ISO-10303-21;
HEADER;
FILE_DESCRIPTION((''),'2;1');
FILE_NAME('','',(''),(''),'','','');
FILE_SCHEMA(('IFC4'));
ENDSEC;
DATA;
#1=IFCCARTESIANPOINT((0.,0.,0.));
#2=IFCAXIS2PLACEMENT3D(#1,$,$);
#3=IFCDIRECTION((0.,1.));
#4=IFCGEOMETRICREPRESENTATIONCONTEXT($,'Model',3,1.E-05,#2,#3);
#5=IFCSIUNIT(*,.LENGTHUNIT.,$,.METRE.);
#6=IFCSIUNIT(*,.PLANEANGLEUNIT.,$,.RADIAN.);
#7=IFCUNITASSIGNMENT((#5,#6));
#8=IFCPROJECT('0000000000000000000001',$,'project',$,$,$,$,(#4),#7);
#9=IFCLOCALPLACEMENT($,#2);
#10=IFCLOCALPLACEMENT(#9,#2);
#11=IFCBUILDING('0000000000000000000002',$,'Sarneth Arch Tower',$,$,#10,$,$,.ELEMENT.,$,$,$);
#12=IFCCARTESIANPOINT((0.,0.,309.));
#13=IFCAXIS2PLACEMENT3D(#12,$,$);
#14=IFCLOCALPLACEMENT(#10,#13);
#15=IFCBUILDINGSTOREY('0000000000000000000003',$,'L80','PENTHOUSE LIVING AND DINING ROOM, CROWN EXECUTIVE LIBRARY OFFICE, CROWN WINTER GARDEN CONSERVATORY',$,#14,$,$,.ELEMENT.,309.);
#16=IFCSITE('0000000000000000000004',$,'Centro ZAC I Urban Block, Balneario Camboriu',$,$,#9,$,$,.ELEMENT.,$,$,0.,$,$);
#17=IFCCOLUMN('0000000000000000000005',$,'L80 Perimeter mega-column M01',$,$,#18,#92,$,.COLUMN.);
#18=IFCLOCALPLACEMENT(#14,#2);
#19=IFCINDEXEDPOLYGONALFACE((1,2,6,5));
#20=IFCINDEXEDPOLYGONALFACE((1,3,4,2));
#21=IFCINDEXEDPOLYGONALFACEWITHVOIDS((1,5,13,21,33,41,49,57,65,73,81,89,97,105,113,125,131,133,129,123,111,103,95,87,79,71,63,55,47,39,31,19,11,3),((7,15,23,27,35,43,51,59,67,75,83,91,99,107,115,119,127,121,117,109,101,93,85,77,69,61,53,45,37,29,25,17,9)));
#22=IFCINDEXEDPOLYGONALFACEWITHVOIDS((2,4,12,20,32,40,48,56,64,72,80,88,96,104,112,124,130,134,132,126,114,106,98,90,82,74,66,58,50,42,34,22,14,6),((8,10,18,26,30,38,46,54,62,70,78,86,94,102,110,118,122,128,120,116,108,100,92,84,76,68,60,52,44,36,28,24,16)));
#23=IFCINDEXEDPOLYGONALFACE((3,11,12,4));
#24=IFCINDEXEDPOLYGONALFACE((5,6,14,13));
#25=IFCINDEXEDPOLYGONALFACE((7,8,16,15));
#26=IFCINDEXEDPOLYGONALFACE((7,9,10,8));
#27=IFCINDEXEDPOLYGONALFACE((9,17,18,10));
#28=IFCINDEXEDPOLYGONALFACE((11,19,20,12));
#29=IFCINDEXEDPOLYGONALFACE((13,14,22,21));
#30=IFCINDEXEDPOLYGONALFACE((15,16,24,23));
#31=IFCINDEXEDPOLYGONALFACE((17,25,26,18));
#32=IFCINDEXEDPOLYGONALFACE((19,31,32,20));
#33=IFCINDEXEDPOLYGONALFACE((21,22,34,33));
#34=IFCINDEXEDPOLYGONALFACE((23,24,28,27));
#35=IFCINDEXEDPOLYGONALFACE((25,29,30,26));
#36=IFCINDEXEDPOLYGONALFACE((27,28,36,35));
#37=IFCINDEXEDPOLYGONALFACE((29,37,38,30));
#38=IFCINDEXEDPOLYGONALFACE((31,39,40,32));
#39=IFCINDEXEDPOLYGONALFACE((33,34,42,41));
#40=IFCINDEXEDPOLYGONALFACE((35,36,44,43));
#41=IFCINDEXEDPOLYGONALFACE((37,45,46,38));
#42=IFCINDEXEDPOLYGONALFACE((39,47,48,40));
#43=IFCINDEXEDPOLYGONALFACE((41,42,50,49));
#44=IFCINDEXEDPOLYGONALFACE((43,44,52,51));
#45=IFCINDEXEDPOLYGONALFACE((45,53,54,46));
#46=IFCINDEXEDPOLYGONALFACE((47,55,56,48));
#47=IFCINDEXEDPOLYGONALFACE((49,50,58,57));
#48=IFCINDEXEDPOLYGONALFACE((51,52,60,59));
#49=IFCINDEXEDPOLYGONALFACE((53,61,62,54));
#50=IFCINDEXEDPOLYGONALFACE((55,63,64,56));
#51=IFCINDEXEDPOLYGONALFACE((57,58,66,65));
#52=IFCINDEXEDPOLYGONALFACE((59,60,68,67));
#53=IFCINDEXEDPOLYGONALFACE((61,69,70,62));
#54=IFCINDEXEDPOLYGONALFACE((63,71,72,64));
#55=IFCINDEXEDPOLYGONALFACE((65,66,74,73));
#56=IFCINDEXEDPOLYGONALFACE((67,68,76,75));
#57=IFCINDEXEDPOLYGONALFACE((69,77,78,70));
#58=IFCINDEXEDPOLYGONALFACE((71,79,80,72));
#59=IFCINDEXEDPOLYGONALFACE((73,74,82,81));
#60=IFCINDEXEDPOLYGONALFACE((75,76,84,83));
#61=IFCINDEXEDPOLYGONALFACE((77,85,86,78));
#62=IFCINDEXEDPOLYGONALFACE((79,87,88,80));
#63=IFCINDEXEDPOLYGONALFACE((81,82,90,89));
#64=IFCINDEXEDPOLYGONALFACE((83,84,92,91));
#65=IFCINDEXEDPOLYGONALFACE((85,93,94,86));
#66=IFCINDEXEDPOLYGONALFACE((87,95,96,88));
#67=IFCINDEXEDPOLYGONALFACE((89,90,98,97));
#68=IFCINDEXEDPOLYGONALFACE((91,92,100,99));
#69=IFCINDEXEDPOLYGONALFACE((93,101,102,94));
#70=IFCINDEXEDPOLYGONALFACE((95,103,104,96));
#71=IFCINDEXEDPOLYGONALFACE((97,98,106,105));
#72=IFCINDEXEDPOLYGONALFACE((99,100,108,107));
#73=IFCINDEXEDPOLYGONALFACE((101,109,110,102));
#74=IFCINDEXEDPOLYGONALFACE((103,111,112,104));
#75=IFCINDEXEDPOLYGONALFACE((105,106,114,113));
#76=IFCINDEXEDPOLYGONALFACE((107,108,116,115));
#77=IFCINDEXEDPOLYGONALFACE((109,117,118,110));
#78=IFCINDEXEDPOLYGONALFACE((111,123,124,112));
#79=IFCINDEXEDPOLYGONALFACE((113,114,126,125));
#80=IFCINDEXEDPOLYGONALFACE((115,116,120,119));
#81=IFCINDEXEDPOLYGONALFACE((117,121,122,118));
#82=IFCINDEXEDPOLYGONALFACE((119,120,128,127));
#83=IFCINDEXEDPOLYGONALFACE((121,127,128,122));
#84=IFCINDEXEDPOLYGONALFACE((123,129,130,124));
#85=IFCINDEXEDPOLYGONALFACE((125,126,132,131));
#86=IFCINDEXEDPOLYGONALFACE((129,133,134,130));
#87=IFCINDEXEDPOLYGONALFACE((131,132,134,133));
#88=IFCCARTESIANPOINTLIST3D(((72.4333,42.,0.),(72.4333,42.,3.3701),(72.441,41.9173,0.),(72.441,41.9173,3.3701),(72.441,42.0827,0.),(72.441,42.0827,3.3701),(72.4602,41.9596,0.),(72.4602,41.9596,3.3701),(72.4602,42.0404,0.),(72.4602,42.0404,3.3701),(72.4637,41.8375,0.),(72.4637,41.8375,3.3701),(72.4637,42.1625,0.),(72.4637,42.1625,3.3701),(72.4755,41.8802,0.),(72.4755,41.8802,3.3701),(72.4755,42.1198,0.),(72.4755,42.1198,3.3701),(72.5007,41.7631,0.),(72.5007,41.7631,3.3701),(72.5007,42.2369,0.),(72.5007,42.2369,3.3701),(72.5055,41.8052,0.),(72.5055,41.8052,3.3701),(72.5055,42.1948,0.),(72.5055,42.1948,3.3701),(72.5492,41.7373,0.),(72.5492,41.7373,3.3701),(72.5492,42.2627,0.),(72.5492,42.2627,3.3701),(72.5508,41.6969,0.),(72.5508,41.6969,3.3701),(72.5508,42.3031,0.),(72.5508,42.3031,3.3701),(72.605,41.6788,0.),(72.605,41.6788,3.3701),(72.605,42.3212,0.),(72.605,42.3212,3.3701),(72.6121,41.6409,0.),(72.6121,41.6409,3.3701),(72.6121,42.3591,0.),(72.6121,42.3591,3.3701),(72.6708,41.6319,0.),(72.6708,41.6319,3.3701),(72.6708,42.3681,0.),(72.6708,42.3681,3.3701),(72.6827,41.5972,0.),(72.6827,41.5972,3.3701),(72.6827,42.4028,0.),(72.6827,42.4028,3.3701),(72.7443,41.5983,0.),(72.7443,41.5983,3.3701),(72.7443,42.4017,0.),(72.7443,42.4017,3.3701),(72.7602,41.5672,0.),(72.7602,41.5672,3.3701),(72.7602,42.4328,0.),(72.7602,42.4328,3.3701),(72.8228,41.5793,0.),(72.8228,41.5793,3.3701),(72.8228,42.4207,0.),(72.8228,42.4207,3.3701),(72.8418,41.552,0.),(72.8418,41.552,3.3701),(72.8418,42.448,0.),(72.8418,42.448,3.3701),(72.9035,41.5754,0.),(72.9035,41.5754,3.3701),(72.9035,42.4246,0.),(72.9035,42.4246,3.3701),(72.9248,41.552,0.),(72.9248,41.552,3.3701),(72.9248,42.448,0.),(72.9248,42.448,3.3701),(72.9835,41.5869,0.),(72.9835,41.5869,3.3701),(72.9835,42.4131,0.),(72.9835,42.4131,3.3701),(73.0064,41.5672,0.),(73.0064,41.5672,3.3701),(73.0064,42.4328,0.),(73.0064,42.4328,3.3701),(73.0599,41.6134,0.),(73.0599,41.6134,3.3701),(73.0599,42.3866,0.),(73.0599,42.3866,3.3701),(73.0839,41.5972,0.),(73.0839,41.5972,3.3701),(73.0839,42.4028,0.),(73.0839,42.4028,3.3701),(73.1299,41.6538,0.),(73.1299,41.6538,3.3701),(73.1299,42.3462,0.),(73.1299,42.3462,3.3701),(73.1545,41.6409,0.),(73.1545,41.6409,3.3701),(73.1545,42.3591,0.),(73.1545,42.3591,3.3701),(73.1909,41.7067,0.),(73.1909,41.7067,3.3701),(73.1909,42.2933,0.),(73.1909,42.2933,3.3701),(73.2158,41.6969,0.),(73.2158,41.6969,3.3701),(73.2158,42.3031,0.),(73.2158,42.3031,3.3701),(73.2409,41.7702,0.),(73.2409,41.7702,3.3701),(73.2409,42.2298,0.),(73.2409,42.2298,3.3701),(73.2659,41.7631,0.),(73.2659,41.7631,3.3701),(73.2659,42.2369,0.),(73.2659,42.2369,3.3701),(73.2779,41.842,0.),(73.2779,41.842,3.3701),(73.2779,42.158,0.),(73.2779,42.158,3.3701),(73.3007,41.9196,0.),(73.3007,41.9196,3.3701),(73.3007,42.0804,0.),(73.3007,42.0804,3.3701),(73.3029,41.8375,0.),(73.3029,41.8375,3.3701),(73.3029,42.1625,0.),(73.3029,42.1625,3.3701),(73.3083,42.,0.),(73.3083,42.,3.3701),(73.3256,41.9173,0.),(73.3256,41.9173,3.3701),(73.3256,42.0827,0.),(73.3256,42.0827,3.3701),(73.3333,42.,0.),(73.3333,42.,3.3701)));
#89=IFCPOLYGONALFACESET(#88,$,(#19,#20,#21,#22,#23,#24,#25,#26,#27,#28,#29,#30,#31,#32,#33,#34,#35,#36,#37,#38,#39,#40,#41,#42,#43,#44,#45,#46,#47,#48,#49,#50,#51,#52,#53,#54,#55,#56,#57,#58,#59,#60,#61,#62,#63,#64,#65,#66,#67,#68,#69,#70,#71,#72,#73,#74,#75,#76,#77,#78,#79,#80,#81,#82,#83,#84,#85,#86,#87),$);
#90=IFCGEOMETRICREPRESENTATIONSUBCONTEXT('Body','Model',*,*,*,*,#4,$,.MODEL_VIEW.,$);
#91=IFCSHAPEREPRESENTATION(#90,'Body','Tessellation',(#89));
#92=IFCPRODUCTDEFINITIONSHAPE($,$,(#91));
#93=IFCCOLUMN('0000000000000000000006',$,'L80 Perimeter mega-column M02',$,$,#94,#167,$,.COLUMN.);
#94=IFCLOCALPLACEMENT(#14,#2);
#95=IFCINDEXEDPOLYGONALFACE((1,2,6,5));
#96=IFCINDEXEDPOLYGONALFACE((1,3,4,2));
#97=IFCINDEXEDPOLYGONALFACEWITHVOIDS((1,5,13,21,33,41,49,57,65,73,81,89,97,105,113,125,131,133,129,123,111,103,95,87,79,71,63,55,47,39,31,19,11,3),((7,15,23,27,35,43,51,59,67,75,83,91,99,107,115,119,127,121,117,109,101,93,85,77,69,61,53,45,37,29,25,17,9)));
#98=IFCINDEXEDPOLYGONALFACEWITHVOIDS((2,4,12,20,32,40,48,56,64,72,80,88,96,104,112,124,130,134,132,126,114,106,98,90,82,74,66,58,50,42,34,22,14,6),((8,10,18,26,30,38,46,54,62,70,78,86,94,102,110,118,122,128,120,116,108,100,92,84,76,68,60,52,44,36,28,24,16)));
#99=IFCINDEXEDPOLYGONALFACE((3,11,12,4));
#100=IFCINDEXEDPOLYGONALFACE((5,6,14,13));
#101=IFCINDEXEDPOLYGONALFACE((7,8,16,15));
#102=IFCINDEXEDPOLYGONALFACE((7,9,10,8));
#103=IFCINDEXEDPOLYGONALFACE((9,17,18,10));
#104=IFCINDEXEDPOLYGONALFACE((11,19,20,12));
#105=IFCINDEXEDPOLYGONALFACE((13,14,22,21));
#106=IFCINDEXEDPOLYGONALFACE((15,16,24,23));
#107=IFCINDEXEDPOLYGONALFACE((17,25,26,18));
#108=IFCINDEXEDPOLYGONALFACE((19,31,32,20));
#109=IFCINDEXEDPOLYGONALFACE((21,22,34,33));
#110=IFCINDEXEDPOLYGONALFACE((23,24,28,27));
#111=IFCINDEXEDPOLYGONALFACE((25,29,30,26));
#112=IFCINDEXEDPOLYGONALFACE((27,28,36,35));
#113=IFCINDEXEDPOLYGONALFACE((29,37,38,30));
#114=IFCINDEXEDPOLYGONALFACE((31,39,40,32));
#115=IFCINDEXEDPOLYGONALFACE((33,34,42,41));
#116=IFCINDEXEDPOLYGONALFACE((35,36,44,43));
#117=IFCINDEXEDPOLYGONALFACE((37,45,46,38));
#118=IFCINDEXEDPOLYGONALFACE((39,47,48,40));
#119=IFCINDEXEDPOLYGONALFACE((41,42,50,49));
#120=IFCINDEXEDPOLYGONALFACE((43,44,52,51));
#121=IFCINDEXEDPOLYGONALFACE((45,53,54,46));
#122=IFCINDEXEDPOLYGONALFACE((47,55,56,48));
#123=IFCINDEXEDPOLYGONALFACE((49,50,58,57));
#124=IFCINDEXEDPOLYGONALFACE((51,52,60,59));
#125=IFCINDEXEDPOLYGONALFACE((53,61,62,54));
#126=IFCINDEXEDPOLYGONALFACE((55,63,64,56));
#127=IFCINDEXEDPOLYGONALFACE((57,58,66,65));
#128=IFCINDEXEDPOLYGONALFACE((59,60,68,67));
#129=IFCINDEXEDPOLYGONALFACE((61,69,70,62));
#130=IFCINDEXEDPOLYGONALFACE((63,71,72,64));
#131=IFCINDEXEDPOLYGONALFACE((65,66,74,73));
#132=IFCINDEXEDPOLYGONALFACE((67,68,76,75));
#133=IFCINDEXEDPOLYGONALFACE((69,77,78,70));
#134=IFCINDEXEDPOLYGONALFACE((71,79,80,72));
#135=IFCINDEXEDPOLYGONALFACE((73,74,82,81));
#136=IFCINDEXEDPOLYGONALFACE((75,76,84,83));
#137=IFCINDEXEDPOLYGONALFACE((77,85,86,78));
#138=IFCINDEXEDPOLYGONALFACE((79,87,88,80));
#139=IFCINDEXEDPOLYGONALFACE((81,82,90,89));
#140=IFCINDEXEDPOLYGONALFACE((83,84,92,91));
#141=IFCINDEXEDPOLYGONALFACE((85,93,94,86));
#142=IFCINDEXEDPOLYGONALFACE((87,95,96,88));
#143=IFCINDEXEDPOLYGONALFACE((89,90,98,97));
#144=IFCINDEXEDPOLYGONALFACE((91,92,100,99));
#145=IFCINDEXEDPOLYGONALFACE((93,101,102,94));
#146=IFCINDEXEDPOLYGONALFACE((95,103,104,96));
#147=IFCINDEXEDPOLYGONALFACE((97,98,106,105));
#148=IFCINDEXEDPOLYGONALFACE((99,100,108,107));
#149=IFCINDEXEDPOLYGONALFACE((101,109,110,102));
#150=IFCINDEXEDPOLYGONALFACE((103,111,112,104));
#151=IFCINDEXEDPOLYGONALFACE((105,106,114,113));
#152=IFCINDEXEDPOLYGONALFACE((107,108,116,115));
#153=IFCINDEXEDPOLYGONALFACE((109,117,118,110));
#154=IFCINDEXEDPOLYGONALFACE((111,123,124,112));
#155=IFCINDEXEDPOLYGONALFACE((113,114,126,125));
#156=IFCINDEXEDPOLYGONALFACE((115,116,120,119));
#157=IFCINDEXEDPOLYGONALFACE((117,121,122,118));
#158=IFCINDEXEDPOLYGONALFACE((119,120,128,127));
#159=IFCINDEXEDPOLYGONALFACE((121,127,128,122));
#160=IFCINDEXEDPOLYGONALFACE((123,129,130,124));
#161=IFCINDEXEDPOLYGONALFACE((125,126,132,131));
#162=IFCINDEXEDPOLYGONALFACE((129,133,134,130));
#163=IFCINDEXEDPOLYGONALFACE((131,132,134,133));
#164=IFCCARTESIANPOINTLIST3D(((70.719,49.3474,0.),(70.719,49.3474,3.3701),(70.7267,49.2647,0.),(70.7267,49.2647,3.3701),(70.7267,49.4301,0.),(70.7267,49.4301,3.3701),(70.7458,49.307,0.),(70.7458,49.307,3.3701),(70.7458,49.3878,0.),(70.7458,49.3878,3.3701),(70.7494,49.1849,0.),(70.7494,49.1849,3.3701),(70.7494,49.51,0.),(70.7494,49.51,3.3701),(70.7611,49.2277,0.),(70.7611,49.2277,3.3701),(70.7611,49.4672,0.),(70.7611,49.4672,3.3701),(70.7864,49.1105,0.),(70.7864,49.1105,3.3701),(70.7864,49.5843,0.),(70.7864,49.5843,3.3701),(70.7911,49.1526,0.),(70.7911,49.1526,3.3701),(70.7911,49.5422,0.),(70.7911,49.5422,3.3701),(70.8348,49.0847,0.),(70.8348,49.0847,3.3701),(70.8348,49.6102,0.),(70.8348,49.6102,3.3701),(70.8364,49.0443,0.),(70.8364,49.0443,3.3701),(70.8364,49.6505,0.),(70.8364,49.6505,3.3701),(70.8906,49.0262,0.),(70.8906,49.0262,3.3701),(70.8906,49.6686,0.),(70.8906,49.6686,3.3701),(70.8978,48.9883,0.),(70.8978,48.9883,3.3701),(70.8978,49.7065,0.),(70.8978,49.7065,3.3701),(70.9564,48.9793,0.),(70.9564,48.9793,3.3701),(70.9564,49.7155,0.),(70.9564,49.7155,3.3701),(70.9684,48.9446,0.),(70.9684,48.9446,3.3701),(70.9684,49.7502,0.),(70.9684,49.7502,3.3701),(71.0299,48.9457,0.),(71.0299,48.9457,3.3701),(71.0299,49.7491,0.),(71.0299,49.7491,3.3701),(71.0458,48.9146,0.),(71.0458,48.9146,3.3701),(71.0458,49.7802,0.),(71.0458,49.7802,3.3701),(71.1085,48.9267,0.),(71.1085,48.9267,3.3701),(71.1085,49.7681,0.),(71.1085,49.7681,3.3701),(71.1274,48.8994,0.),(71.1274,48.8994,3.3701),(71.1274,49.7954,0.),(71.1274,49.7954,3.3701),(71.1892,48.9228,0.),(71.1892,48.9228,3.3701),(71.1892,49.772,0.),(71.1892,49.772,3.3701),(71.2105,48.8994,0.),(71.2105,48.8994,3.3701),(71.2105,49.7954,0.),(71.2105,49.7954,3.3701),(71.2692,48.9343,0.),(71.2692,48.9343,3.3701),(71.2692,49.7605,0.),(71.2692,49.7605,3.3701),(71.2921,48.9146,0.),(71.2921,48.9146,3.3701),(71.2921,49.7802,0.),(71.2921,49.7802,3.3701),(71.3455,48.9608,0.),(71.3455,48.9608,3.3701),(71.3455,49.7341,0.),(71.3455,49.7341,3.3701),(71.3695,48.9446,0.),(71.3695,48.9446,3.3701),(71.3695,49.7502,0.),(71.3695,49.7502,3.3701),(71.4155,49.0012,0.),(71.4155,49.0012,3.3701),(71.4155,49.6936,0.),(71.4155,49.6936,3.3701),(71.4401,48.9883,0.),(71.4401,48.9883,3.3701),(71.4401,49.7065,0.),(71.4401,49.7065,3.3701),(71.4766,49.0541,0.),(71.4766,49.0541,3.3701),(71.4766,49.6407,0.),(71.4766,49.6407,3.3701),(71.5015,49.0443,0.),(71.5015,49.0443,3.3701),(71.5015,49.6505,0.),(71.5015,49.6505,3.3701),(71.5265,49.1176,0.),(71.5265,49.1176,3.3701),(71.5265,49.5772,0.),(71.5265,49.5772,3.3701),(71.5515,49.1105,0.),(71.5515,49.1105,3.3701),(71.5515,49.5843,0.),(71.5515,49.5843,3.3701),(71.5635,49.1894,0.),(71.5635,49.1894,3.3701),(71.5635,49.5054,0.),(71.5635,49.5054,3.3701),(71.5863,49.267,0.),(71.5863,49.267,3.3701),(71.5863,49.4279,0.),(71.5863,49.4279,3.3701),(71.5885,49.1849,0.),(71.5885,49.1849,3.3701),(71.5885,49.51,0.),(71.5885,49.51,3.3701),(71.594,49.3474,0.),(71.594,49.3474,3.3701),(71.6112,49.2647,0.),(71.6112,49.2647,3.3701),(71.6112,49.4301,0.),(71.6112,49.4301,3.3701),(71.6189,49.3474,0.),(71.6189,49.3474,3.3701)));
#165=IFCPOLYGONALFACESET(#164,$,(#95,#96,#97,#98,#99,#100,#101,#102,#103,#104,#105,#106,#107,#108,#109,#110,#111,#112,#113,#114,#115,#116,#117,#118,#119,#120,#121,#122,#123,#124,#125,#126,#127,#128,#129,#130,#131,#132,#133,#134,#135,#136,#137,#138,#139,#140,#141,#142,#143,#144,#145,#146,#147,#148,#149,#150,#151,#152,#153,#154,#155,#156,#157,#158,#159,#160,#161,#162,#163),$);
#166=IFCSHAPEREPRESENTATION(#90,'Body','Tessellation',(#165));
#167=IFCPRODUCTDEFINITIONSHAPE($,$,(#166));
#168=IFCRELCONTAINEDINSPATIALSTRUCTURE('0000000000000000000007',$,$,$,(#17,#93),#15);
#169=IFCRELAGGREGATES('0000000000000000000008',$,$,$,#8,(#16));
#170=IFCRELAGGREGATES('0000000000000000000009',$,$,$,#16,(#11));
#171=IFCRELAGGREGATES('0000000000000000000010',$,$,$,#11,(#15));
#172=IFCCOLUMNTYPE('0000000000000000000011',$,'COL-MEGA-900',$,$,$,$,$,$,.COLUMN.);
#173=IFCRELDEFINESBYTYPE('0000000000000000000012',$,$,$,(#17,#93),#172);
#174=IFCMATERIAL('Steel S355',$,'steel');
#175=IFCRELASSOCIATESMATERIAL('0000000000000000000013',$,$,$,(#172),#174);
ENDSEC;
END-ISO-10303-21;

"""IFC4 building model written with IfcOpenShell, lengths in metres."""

from ifc_helpers import new_model, si_unit, direction, frame, origin, origin_2d, place, context, subcontext, project, spatial, hollow_circle, extrude, material, material_profile, profile_set, type_object, element, save


model = new_model("IFC4")

# Units and contexts
model_context = context("Model", 3, precision=1e-05, world=origin(), true_north=direction((0.0, 1.0)))
body_context = subcontext(model_context, "Body", "Model", "MODEL_VIEW")
ifc_project = project(units=[si_unit("LENGTHUNIT", "METRE"), si_unit("PLANEANGLEUNIT", "RADIAN")], contexts=[model_context])

# Site, building, storey
site_placement = place(None, origin())
site = spatial("IfcSite", under=ifc_project, at=site_placement, Name="Centro ZAC I Urban Block, Balneario Camboriu", CompositionType="ELEMENT", RefElevation=0.0)
building_placement = place(site_placement, origin())
building = spatial("IfcBuilding", under=site, at=building_placement, Name="Sarneth Arch Tower", CompositionType="ELEMENT")
storey_placement = place(building_placement, frame((0.0, 0.0, 309.0)))
storey = spatial("IfcBuildingStorey", under=building, at=storey_placement, Name="L80", Description="PENTHOUSE LIVING AND DINING ROOM, CROWN EXECUTIVE LIBRARY OFFICE, CROWN WINTER GARDEN CONSERVATORY", CompositionType="ELEMENT", Elevation=309.0)

# Columns
ifc_material_1 = material(Name="Steel S355", Category="steel")
ifc_material_profile_1 = material_profile(ifc_material_1, hollow_circle(Radius=0.45, WallThickness=0.0249, at=origin_2d()), Name="CHS900x25")
ifc_profile_set_1 = profile_set([ifc_material_profile_1], Name="Steel S355")
column_type = type_object("IfcColumnType", Name="COL-MEGA-900", PredefinedType="COLUMN", material=ifc_profile_set_1)
for number, where, z_axis, x_axis, name in (
    (1, (72.8833, 42.0, 0.0), (0.0, 0.0, 1.0), (1.0, 0.0, 0.0), "L80 Perimeter mega-column M01"),
    (2, (71.1689, 49.3474, 0.0), (0.0, 0.0, 1.0), (1.0, 0.0, 0.0), "L80 Perimeter mega-column M02"),
):
    element("IfcColumn", number, at=place(storey_placement, frame(where, z_axis=z_axis, x_axis=x_axis)), inside=storey, type_object=column_type, Name=name, PredefinedType="COLUMN", context=body_context, shape_type="SweptSolid", body=[
        extrude(hollow_circle(Radius=0.45, WallThickness=0.0249, at=origin_2d()), origin(), (0.0, 0.0, 1.0), 3.3701),
    ])

save(model, "model.ifc")
